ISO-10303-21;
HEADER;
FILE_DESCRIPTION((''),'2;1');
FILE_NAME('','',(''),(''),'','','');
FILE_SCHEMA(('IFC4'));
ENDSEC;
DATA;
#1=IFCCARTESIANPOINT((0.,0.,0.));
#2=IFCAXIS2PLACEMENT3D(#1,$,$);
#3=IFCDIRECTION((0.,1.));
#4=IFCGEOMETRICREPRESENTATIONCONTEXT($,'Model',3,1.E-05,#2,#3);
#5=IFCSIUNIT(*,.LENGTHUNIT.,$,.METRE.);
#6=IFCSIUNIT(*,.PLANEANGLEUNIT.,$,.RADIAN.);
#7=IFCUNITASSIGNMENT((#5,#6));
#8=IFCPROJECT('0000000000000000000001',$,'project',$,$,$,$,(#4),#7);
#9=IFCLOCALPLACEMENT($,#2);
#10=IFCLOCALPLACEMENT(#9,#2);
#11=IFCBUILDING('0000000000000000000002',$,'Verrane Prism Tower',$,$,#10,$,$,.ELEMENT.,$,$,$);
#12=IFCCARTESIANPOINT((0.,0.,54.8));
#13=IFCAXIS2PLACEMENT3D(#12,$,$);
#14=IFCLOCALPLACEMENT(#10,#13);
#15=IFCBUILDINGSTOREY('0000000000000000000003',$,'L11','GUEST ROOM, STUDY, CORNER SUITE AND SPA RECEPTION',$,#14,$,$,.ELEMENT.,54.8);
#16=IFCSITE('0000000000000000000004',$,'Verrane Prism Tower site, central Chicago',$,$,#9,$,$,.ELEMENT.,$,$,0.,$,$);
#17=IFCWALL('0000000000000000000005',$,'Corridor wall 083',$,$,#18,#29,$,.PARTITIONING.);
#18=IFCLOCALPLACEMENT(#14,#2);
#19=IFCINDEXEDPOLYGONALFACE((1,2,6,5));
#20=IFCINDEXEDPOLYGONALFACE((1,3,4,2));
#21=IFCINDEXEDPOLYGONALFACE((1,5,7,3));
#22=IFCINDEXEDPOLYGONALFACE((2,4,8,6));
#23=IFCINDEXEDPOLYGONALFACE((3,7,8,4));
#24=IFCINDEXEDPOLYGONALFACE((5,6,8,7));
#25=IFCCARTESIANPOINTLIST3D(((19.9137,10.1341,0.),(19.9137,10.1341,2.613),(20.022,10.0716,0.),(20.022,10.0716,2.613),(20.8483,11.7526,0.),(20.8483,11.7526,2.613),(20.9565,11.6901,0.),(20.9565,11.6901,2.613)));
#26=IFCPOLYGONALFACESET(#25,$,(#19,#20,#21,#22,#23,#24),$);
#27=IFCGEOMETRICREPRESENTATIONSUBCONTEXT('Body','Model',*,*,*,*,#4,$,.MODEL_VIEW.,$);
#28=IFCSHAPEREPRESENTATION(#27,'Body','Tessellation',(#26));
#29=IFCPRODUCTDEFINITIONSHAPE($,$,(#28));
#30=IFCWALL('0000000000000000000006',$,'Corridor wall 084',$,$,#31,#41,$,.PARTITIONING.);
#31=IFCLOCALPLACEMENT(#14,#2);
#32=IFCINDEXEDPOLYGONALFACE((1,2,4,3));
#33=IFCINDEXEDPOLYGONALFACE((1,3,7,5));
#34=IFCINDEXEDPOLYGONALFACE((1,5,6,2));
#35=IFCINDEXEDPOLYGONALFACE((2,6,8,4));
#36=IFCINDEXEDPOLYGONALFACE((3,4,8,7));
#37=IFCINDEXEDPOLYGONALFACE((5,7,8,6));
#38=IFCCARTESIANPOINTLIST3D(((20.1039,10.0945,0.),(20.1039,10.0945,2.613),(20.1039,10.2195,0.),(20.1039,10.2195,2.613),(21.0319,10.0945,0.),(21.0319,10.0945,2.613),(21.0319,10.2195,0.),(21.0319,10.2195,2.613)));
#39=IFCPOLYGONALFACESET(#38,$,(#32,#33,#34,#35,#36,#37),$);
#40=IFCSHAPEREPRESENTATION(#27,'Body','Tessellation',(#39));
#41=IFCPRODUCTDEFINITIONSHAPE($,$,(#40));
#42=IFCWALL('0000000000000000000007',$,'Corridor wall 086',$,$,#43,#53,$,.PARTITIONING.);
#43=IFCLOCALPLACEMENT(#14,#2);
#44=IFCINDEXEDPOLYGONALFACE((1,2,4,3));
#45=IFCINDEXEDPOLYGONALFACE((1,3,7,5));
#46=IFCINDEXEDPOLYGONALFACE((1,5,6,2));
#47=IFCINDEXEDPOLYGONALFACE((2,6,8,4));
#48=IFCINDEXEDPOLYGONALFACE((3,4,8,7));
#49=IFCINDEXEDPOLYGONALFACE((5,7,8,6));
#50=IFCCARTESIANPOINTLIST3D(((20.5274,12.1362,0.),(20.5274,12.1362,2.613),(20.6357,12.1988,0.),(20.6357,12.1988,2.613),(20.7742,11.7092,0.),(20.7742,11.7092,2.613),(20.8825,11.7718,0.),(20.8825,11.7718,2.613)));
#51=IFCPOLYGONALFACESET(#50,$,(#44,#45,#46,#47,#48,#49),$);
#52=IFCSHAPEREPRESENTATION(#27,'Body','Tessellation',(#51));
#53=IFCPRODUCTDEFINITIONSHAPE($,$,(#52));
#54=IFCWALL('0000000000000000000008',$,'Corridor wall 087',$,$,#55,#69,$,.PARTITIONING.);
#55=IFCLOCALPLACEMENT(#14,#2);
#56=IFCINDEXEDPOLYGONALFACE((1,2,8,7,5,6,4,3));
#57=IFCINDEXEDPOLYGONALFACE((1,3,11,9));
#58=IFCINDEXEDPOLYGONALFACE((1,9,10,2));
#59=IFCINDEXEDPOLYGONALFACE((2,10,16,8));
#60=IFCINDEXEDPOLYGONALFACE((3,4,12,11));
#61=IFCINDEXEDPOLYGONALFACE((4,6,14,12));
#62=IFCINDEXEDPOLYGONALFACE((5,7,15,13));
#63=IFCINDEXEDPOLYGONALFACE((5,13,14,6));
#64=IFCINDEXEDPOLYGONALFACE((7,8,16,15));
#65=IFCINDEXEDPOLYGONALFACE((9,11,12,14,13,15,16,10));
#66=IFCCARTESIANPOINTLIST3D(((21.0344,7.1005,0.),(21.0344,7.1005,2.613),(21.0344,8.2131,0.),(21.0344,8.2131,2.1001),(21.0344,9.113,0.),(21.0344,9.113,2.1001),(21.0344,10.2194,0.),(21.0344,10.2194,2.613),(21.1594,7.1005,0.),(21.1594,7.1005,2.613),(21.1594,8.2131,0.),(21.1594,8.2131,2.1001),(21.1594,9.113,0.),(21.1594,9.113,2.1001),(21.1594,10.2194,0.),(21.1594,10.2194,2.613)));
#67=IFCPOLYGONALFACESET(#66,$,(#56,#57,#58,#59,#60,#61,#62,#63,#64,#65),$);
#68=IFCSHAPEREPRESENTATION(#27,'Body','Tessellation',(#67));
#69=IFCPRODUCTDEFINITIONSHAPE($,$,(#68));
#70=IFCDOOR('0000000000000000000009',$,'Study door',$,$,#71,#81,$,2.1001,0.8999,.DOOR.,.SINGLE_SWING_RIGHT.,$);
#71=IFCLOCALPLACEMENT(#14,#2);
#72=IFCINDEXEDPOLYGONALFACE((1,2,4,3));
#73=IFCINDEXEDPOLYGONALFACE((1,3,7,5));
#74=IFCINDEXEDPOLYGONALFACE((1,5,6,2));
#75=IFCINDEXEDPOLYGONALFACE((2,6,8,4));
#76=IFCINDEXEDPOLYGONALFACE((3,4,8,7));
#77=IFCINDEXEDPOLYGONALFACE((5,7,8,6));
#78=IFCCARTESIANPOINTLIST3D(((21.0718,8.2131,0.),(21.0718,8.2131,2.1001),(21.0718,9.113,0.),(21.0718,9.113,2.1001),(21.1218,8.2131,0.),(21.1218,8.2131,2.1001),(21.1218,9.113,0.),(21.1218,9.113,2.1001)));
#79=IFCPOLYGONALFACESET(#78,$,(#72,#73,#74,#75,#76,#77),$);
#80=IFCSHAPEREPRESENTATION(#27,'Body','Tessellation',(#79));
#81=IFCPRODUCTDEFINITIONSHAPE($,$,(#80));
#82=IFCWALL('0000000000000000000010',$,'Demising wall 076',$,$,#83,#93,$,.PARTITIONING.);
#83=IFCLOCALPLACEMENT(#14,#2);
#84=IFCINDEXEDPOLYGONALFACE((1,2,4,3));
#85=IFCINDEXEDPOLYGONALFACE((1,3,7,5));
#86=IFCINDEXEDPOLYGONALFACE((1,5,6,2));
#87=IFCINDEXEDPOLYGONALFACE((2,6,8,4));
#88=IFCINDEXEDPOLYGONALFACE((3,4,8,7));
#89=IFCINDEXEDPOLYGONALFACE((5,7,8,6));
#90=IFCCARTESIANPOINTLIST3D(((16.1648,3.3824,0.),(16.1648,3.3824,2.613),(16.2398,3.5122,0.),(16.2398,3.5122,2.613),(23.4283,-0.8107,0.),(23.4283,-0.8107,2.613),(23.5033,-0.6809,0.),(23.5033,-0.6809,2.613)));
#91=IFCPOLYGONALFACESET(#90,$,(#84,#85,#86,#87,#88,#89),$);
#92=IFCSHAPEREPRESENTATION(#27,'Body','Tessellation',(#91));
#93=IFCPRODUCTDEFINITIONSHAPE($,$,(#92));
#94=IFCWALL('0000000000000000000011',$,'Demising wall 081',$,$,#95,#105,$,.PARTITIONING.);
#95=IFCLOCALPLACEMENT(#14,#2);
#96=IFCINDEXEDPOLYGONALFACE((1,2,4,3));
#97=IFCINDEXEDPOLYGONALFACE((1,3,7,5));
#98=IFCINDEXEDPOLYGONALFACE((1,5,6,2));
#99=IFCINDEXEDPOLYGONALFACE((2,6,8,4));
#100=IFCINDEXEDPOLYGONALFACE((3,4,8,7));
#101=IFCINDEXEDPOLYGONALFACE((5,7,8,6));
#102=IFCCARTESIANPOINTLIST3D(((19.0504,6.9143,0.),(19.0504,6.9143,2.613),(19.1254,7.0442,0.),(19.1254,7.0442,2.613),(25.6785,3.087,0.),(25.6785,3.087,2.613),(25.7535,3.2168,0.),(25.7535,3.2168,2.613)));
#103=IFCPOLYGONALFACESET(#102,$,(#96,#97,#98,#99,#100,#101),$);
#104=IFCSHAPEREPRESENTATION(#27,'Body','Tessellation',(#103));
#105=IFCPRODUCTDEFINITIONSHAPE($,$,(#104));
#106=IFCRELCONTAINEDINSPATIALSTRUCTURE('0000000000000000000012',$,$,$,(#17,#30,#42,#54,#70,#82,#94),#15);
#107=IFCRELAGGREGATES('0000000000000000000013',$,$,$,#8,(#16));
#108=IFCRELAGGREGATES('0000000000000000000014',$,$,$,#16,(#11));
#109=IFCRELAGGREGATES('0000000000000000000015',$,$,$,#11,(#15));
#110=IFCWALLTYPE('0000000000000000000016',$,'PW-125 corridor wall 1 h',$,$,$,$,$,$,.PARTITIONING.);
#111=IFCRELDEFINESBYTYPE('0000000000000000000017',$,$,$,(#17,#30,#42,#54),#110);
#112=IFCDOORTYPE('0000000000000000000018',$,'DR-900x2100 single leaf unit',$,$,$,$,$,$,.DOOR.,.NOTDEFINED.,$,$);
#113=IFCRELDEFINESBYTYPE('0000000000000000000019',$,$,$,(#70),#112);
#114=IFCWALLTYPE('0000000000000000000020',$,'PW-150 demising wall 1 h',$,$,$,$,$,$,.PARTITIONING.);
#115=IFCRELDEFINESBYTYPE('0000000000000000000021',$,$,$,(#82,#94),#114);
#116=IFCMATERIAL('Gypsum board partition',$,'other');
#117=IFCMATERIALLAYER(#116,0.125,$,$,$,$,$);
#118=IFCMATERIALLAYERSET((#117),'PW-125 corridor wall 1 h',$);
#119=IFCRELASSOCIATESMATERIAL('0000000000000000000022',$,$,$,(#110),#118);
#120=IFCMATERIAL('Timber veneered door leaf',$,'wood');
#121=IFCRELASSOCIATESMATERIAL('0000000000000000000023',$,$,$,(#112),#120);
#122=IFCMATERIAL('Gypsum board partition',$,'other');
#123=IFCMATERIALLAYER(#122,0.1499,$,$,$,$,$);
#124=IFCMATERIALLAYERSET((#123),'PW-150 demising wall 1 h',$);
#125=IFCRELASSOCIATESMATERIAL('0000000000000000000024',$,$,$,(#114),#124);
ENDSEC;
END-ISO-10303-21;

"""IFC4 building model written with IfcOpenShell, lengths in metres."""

from ifc_helpers import new_model, si_unit, direction, frame, frame_2d, origin, place, context, subcontext, project, spatial, rectangle, extrude, material, layer, layer_set, type_object, element, fill, save


model = new_model("IFC4")

# Units and contexts
model_context = context("Model", 3, precision=1e-05, world=origin(), true_north=direction((0.0, 1.0)))
body_context = subcontext(model_context, "Body", "Model", "MODEL_VIEW")
ifc_project = project(units=[si_unit("LENGTHUNIT", "METRE"), si_unit("PLANEANGLEUNIT", "RADIAN")], contexts=[model_context])

# Site, building, storey
site_placement = place(None, origin())
site = spatial("IfcSite", under=ifc_project, at=site_placement, Name="Verrane Prism Tower site, central Chicago", CompositionType="ELEMENT", RefElevation=0.0)
building_placement = place(site_placement, origin())
building = spatial("IfcBuilding", under=site, at=building_placement, Name="Verrane Prism Tower", CompositionType="ELEMENT")
storey_placement = place(building_placement, frame((0.0, 0.0, 54.8)))
storey = spatial("IfcBuildingStorey", under=building, at=storey_placement, Name="L11", Description="GUEST ROOM, STUDY, CORNER SUITE AND SPA RECEPTION", CompositionType="ELEMENT", Elevation=54.8)

# Shared definitions
ifc_material_1 = material(Name="Gypsum board partition", Category="other")
ifc_layer_1 = layer(ifc_material_1, 0.125)
ifc_layer_set_1 = layer_set([ifc_layer_1], Name="PW-125 corridor wall 1 h")
wall_type_1 = type_object("IfcWallType", Name="PW-125 corridor wall 1 h", PredefinedType="PARTITIONING", material=ifc_layer_set_1)
ifc_material_2 = material(Name="Timber veneered door leaf", Category="wood")
door_type_1 = type_object("IfcDoorType", Name="DR-900x2100 single leaf unit", OperationType="NOTDEFINED", PredefinedType="DOOR", material=ifc_material_2)

# Walls
wall_1_placement = place(storey_placement, frame((19.9678, 10.1028, 0.0), z_axis=(0.0, 0.0, 1.0), x_axis=(0.500073, 0.865983, 0.0)))
element("IfcWall", 1, at=wall_1_placement, inside=storey, type_object=wall_type_1, Name="Corridor wall 083", PredefinedType="PARTITIONING", context=body_context, shape_type="SweptSolid", body=[
    extrude(rectangle(XDim=1.8689, YDim=0.125, at=frame_2d((0.9346, 0.0))), origin(), (0.0, 0.0, 1.0), 2.613),
])
wall_2_placement = place(storey_placement, frame((20.104, 10.157, 0.0), z_axis=(0.0, 0.0, 1.0), x_axis=(1.0, 0.0, 0.0)))
element("IfcWall", 2, at=wall_2_placement, inside=storey, type_object=wall_type_1, Name="Corridor wall 084", PredefinedType="PARTITIONING", context=body_context, shape_type="SweptSolid", body=[
    extrude(rectangle(XDim=0.928, YDim=0.125, at=frame_2d((0.4639, 0.0))), origin(), (0.0, 0.0, 1.0), 2.613),
])
wall_3_placement = place(storey_placement, frame((20.5815, 12.1675, 0.0), z_axis=(0.0, 0.0, 1.0), x_axis=(0.500451, -0.865765, 0.0)))
element("IfcWall", 3, at=wall_3_placement, inside=storey, type_object=wall_type_1, Name="Corridor wall 086", PredefinedType="PARTITIONING", context=body_context, shape_type="SweptSolid", body=[
    extrude(rectangle(XDim=0.4932, YDim=0.125, at=frame_2d((0.2466, 0.0))), origin(), (0.0, 0.0, 1.0), 2.613),
])

# Wall, opening, door
wall_4_placement = place(storey_placement, frame((21.0969, 10.2195, 0.0), z_axis=(0.0, 0.0, 1.0), x_axis=(0.0, -1.0, 0.0)))
wall_4 = element("IfcWall", 4, at=wall_4_placement, inside=storey, type_object=wall_type_1, Name="Corridor wall 087", PredefinedType="PARTITIONING", context=body_context, shape_type="SweptSolid", body=[
    extrude(rectangle(XDim=3.1189, YDim=0.125, at=frame_2d((1.5596, 0.0))), origin(), (0.0, 0.0, 1.0), 2.613),
])
opening_1_placement = place(wall_4_placement, frame((1.1064, 0.0, 0.0)))
opening_1 = element("IfcOpeningElement", 5, at=opening_1_placement, cuts=wall_4, PredefinedType="OPENING", context=body_context, shape_type="SweptSolid", body=[
    extrude(rectangle(XDim=0.8999, YDim=2.1001, at=frame_2d((0.45, 1.05))), frame((0.0, 0.0725, 0.0), z_axis=(0.0, -1.0, 0.0), x_axis=(1.0, 0.0, 0.0)), (0.0, 0.0, 1.0), 0.145),
])
door_1_placement = place(opening_1_placement, origin())
door_1 = element("IfcDoor", 6, at=door_1_placement, inside=storey, type_object=door_type_1, Name="Study door", OperationType="SINGLE_SWING_RIGHT", OverallHeight=2.1001, OverallWidth=0.8999, PredefinedType="DOOR", context=body_context, shape_type="SweptSolid", body=[
    extrude(rectangle(XDim=0.8999, YDim=2.1001, at=frame_2d((0.45, 1.05))), frame((0.0, 0.0249, 0.0), z_axis=(0.0, -1.0, 0.0), x_axis=(1.0, 0.0, 0.0)), (0.0, 0.0, 1.0), 0.05),
])
fill(opening_1, door_1)

# Walls
ifc_material_3 = material(Name="Gypsum board partition", Category="other")
ifc_layer_2 = layer(ifc_material_3, 0.1499)
ifc_layer_set_2 = layer_set([ifc_layer_2], Name="PW-150 demising wall 1 h")
wall_type_2 = type_object("IfcWallType", Name="PW-150 demising wall 1 h", PredefinedType="PARTITIONING", material=ifc_layer_set_2)
wall_5_placement = place(storey_placement, frame((16.2024, 3.4473, 0.0), z_axis=(0.0, 0.0, 1.0), x_axis=(0.866047, -0.499962, 0.0)))
element("IfcWall", 7, at=wall_5_placement, inside=storey, type_object=wall_type_2, Name="Demising wall 076", PredefinedType="PARTITIONING", context=body_context, shape_type="SweptSolid", body=[
    extrude(rectangle(XDim=8.387, YDim=0.1499, at=frame_2d((4.1934, 0.0))), origin(), (0.0, 0.0, 1.0), 2.613),
])
wall_6_placement = place(storey_placement, frame((19.0879, 6.9792, 0.0), z_axis=(0.0, 0.0, 1.0), x_axis=(0.865991, -0.50006, 0.0)))
element("IfcWall", 8, at=wall_6_placement, inside=storey, type_object=wall_type_2, Name="Demising wall 081", PredefinedType="PARTITIONING", context=body_context, shape_type="SweptSolid", body=[
    extrude(rectangle(XDim=7.6538, YDim=0.1499, at=frame_2d((3.8269, 0.0))), origin(), (0.0, 0.0, 1.0), 2.613),
])

save(model, "model.ifc")
